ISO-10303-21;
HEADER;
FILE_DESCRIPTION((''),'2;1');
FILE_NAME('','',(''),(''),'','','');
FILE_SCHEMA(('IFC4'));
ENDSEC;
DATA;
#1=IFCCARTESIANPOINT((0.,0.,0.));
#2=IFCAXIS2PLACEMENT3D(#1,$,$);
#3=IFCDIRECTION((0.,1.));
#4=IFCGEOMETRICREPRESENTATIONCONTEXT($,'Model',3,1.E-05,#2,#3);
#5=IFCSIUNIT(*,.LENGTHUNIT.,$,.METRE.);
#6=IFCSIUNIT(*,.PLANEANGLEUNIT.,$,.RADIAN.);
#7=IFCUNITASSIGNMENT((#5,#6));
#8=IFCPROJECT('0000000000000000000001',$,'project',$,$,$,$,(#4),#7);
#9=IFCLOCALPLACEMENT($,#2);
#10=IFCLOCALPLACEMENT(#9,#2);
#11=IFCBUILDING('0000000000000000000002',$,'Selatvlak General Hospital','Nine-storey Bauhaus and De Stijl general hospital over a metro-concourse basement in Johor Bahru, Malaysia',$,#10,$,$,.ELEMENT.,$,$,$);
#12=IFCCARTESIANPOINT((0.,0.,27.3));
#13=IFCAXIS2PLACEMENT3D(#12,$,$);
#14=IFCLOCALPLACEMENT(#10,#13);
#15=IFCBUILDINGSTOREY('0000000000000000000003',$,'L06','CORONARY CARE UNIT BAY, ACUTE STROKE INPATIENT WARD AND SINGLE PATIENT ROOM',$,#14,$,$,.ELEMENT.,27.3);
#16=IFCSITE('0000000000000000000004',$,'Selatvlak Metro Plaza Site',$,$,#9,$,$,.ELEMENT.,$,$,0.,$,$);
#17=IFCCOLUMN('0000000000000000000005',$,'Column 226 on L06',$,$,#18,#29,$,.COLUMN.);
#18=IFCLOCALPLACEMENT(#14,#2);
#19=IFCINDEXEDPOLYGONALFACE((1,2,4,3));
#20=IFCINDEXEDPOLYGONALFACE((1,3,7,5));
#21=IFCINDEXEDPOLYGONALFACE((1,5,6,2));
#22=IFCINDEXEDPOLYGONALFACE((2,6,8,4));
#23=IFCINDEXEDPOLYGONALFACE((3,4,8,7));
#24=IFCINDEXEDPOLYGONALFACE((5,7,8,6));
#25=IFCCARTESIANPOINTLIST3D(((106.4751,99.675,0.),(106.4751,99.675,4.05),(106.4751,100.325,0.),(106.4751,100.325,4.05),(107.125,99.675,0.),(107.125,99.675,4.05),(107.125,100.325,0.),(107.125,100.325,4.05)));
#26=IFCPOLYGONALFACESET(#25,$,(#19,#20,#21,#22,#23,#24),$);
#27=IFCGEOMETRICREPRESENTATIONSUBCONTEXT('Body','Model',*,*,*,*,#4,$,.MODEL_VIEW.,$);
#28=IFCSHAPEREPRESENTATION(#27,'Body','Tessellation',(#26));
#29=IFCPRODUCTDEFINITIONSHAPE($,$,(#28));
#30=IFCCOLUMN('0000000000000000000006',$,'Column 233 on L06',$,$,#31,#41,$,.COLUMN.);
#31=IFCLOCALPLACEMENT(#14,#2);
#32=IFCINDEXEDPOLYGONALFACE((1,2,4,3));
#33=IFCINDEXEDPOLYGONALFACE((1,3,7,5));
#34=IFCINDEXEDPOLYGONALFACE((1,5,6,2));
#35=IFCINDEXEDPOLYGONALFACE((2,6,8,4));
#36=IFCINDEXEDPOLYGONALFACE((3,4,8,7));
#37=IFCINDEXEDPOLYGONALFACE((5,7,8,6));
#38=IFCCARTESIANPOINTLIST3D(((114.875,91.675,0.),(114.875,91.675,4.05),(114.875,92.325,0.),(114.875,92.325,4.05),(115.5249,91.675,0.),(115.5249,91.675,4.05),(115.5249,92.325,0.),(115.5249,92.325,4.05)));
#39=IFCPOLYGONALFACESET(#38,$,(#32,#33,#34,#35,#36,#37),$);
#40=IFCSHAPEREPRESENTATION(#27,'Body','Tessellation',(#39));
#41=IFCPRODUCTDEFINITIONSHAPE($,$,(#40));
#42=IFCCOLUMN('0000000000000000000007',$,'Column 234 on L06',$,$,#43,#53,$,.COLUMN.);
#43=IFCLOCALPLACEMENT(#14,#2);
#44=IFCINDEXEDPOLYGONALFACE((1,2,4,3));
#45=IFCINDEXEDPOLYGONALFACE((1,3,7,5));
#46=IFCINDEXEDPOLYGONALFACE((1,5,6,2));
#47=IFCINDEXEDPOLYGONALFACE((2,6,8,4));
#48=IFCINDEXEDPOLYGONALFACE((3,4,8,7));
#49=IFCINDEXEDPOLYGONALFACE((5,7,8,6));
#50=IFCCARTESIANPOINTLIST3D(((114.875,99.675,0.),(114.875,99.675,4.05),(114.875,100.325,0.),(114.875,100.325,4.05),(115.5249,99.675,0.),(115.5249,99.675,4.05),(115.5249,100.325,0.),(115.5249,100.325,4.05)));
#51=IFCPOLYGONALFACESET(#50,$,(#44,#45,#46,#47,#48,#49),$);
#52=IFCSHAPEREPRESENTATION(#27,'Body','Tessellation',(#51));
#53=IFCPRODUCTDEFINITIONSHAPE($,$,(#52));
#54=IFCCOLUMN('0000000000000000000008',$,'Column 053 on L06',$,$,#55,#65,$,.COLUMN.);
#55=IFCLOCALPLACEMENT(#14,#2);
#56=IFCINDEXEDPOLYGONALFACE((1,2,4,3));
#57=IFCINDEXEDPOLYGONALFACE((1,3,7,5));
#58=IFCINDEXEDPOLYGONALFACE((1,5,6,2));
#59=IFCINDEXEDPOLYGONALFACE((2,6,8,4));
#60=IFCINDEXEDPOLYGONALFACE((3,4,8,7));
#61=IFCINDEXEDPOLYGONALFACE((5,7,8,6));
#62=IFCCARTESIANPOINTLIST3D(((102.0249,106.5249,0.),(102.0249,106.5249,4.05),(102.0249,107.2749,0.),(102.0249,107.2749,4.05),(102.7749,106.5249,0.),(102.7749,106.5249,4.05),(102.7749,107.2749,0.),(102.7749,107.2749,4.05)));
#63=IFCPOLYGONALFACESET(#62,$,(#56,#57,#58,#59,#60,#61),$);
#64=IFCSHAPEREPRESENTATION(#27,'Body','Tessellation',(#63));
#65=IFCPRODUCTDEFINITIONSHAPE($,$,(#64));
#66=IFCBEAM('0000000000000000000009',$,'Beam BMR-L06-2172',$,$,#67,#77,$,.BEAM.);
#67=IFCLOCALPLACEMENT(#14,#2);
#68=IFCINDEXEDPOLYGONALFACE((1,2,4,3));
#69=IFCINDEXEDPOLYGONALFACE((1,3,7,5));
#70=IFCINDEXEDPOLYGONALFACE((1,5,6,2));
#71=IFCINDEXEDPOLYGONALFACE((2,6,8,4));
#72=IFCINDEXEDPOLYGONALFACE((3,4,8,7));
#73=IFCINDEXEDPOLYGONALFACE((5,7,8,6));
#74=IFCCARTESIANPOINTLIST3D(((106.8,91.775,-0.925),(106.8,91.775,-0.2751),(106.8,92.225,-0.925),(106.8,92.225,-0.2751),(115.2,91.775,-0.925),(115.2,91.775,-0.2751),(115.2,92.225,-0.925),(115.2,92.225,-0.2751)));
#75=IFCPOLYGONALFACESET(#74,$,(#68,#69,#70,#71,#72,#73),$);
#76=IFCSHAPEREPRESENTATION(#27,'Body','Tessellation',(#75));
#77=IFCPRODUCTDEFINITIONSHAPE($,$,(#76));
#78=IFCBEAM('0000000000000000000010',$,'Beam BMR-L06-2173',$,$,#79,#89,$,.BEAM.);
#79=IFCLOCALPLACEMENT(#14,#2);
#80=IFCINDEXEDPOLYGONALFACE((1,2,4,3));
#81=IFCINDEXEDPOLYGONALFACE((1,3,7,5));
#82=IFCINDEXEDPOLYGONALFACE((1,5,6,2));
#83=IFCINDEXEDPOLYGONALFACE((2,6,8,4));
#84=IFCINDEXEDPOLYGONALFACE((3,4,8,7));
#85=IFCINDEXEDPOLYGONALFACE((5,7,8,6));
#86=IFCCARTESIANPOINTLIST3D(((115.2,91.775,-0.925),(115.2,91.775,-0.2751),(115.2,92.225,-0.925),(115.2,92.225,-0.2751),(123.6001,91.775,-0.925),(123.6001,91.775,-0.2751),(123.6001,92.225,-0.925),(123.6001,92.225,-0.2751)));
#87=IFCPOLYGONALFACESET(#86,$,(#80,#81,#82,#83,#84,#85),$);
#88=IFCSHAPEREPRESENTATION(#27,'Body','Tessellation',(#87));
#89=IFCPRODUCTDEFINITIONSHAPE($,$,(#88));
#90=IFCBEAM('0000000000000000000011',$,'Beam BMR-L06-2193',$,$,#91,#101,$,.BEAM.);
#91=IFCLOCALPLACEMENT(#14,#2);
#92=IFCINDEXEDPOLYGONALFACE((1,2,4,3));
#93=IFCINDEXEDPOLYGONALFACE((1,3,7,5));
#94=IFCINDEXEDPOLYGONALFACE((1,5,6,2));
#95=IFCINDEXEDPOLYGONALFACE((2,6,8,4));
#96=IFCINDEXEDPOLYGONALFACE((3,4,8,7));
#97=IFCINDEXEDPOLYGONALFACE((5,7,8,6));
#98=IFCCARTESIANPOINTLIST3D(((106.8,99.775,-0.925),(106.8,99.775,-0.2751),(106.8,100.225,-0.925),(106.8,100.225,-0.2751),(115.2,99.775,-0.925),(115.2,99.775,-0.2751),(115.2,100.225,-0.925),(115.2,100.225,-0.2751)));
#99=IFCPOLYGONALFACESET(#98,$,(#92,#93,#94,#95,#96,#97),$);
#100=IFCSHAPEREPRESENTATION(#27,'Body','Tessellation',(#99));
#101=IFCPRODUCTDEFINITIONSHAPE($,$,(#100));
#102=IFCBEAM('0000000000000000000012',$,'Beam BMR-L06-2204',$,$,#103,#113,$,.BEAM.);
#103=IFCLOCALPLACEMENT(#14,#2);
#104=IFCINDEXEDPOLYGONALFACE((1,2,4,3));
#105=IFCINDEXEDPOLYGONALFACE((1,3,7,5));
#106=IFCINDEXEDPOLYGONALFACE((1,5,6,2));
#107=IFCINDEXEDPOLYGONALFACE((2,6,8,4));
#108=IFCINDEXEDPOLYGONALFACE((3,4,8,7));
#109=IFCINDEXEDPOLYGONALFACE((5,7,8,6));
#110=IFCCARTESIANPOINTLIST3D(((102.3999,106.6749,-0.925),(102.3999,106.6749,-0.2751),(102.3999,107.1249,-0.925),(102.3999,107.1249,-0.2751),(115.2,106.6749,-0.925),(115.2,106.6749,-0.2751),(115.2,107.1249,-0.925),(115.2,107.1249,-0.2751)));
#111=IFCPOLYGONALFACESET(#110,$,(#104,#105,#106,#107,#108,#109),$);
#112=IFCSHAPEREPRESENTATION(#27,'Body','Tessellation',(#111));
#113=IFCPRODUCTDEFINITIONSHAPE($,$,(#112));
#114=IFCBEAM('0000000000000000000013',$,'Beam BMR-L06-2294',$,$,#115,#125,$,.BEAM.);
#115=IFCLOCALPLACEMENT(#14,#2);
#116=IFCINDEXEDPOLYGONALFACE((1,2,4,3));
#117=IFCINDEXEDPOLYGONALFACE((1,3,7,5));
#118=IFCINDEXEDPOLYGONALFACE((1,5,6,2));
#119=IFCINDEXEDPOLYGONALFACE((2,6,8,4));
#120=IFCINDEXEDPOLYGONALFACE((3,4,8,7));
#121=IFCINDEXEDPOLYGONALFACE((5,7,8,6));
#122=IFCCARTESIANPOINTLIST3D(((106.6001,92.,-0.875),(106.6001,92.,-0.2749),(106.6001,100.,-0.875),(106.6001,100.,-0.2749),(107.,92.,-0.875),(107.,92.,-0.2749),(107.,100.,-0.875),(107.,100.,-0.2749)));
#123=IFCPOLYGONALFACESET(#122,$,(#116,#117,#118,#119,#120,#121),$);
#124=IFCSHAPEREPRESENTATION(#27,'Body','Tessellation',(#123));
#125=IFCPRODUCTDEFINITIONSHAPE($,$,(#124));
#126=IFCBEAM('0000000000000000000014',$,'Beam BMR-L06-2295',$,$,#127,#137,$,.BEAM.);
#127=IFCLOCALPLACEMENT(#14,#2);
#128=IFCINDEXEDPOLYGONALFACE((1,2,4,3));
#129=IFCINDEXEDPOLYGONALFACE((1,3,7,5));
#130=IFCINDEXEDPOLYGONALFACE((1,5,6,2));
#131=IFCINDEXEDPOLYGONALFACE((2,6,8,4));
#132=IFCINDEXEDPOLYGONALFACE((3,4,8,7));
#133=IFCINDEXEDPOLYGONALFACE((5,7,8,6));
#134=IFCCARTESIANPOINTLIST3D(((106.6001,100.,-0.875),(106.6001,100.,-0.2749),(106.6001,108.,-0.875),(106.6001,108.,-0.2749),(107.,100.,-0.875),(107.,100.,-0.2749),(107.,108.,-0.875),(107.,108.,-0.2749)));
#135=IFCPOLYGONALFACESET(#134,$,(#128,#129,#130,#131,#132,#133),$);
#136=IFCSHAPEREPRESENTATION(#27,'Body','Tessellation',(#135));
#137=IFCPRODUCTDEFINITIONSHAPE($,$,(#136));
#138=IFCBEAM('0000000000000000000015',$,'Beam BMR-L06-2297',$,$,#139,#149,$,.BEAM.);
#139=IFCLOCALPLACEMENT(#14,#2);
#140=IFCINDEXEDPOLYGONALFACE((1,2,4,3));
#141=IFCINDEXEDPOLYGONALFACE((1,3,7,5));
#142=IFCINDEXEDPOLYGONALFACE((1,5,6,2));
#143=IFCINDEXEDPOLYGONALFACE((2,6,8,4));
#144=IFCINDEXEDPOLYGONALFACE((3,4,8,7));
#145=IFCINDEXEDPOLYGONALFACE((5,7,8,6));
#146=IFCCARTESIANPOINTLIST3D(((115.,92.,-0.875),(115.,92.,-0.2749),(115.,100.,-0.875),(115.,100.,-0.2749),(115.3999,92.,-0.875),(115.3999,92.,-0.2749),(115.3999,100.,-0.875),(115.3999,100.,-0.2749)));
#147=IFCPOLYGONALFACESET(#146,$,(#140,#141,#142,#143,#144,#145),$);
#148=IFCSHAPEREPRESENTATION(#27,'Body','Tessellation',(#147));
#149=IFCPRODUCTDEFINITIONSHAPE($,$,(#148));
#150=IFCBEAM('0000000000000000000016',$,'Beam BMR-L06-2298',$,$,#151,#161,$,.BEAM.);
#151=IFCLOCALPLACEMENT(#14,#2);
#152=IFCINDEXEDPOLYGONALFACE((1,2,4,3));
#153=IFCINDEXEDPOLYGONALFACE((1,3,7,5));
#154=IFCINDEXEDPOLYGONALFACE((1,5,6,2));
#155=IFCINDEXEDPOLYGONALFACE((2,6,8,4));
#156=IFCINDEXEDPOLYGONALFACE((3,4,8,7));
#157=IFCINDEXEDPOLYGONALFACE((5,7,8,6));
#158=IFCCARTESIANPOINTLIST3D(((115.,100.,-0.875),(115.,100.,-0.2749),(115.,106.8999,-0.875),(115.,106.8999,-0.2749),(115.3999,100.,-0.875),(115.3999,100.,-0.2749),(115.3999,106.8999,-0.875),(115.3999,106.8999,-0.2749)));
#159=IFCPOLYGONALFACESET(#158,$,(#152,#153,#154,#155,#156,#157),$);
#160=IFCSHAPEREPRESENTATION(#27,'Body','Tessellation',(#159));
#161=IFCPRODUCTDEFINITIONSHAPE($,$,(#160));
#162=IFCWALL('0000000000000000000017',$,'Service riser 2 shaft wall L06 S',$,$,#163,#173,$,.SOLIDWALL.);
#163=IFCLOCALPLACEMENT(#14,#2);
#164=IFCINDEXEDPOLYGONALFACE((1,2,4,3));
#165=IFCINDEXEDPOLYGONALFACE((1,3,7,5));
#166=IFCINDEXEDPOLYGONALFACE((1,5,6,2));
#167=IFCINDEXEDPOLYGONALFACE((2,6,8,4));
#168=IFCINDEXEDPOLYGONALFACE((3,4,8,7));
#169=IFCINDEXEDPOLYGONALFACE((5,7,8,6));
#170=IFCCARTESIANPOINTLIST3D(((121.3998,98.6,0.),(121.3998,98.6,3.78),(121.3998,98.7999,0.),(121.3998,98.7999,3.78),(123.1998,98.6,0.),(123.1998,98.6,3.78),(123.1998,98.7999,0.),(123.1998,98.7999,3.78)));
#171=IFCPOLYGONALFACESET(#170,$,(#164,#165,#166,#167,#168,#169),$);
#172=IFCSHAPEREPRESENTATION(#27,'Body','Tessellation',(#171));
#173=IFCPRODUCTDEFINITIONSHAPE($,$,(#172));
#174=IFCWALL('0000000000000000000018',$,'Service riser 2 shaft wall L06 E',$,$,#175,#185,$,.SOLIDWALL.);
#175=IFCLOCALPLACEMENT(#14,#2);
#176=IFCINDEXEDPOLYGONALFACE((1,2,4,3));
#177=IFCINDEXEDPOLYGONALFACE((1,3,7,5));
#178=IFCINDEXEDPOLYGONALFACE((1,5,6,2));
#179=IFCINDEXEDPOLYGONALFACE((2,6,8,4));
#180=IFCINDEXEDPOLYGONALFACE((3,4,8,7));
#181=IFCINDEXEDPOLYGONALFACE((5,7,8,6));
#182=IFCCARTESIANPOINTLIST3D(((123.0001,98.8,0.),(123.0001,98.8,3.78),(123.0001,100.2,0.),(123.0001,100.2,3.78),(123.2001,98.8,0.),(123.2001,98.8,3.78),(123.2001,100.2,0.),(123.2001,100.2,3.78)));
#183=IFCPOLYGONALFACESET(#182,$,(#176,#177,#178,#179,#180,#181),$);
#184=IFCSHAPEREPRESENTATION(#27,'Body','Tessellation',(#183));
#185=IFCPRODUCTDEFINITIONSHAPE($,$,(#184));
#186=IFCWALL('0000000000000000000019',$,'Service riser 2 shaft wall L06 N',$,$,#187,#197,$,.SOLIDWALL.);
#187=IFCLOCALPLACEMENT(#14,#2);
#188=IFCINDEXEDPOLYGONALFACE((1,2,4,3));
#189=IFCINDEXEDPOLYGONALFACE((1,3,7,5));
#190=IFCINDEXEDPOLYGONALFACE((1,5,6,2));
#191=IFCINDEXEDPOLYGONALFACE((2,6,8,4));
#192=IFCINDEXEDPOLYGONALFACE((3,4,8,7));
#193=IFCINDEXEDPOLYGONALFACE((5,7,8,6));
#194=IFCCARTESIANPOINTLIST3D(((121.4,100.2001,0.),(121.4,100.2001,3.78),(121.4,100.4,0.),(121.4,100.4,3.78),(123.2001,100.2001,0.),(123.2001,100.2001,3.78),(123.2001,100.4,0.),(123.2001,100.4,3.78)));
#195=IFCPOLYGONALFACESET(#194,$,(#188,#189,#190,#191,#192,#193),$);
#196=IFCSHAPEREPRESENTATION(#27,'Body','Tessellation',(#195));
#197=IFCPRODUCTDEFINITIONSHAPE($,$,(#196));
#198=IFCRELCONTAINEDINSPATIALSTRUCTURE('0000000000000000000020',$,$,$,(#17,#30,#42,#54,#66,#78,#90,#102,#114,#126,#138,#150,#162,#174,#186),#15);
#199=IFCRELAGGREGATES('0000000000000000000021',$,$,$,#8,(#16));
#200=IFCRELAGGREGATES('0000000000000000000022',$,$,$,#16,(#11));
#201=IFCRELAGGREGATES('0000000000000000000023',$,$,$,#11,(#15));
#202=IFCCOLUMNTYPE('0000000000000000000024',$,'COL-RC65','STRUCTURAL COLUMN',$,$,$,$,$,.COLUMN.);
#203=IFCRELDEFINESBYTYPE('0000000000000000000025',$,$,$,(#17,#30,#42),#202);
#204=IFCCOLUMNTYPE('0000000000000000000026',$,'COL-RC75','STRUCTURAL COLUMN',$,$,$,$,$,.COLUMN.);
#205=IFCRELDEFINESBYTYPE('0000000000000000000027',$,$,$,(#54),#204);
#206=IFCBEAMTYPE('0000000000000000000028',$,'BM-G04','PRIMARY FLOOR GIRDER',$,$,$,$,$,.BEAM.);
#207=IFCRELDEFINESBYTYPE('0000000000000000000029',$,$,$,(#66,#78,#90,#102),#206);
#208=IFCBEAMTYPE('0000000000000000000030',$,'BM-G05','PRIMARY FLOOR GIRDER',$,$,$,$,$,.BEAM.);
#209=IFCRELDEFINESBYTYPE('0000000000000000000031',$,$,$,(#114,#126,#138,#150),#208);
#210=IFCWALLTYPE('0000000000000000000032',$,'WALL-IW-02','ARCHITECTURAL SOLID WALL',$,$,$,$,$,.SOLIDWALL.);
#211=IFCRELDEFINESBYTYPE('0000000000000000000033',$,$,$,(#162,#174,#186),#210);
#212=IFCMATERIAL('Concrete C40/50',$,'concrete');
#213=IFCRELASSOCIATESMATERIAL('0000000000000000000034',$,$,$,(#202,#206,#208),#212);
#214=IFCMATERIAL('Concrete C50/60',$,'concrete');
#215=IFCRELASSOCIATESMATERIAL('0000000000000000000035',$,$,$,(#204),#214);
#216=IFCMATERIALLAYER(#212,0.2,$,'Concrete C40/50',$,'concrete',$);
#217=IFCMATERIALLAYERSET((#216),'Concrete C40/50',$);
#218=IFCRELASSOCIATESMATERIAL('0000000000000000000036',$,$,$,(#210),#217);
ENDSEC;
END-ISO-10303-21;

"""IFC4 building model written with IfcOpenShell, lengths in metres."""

from ifc_helpers import new_model, si_unit, direction, frame, frame_2d, origin, origin_2d, place, context, subcontext, project, spatial, rectangle, extrude, material, layer, layer_set, material_profile, profile_set, type_object, element, save


model = new_model("IFC4")

# Units and contexts
model_context = context("Model", 3, precision=1e-05, world=origin(), true_north=direction((0.0, 1.0)))
body_context = subcontext(model_context, "Body", "Model", "MODEL_VIEW")
ifc_project = project(units=[si_unit("LENGTHUNIT", "METRE"), si_unit("PLANEANGLEUNIT", "RADIAN")], contexts=[model_context])

# Site, building, storey
site_placement = place(None, origin())
site = spatial("IfcSite", under=ifc_project, at=site_placement, Name="Selatvlak Metro Plaza Site", CompositionType="ELEMENT", RefElevation=0.0)
building_placement = place(site_placement, origin())
building = spatial("IfcBuilding", under=site, at=building_placement, Name="Selatvlak General Hospital", Description="Nine-storey Bauhaus and De Stijl general hospital over a metro-concourse basement in Johor Bahru, Malaysia", CompositionType="ELEMENT")
storey_placement = place(building_placement, frame((0.0, 0.0, 27.3)))
storey = spatial("IfcBuildingStorey", under=building, at=storey_placement, Name="L06", Description="CORONARY CARE UNIT BAY, ACUTE STROKE INPATIENT WARD AND SINGLE PATIENT ROOM", CompositionType="ELEMENT", Elevation=27.3)

# Columns
ifc_material_1 = material(Name="Concrete C40/50", Category="concrete")
ifc_material_profile_1 = material_profile(ifc_material_1, rectangle(XDim=0.6499, YDim=0.6499, at=origin_2d()), Name="RC-COL 650x650")
ifc_profile_set_1 = profile_set([ifc_material_profile_1], Name="Concrete C40/50")
column_type_1 = type_object("IfcColumnType", Name="COL-RC65", Description="STRUCTURAL COLUMN", PredefinedType="COLUMN", material=ifc_profile_set_1)
for number, where, z_axis, x_axis, name in (
    (1, (106.8, 100.0, 0.0), (0.0, 0.0, 1.0), (1.0, 0.0, 0.0), "Column 226 on L06"),
    (2, (115.2, 92.0, 0.0), (0.0, 0.0, 1.0), (1.0, 0.0, 0.0), "Column 233 on L06"),
    (3, (115.2, 100.0, 0.0), (0.0, 0.0, 1.0), (1.0, 0.0, 0.0), "Column 234 on L06"),
):
    element("IfcColumn", number, at=place(storey_placement, frame(where, z_axis=z_axis, x_axis=x_axis)), inside=storey, type_object=column_type_1, Name=name, PredefinedType="COLUMN", context=body_context, shape_type="SweptSolid", body=[
        extrude(rectangle(XDim=0.6499, YDim=0.6499, at=origin_2d()), origin(), (0.0, 0.0, 1.0), 4.05),
    ])
ifc_material_2 = material(Name="Concrete C50/60", Category="concrete")
ifc_material_profile_2 = material_profile(ifc_material_2, rectangle(XDim=0.75, YDim=0.75, at=origin_2d()), Name="RC-COL 750x750")
ifc_profile_set_2 = profile_set([ifc_material_profile_2], Name="Concrete C50/60")
column_type_2 = type_object("IfcColumnType", Name="COL-RC75", Description="STRUCTURAL COLUMN", PredefinedType="COLUMN", material=ifc_profile_set_2)
column_placement = place(storey_placement, frame((102.3999, 106.8999, 0.0), z_axis=(0.0, 0.0, 1.0), x_axis=(1.0, 0.0, 0.0)))
element("IfcColumn", 4, at=column_placement, inside=storey, type_object=column_type_2, Name="Column 053 on L06", PredefinedType="COLUMN", context=body_context, shape_type="SweptSolid", body=[
    extrude(rectangle(XDim=0.75, YDim=0.75, at=origin_2d()), origin(), (0.0, 0.0, 1.0), 4.05),
])

# Beams
ifc_material_profile_3 = material_profile(ifc_material_1, rectangle(XDim=0.45, YDim=0.6499, at=origin_2d()), Name="RC-BM 450x650")
ifc_profile_set_3 = profile_set([ifc_material_profile_3], Name="Concrete C40/50")
beam_type_1 = type_object("IfcBeamType", Name="BM-G04", Description="PRIMARY FLOOR GIRDER", PredefinedType="BEAM", material=ifc_profile_set_3)
beam_1_placement = place(storey_placement, frame((106.8, 92.0, -0.6001), z_axis=(1.0, 0.0, 0.0), x_axis=(0.0, 1.0, 0.0)))
element("IfcBeam", 5, at=beam_1_placement, inside=storey, type_object=beam_type_1, Name="Beam BMR-L06-2172", PredefinedType="BEAM", context=body_context, shape_type="SweptSolid", body=[
    extrude(rectangle(XDim=0.45, YDim=0.6499, at=origin_2d()), origin(), (0.0, 0.0, 1.0), 8.3999),
])
beam_2_placement = place(storey_placement, frame((115.2, 92.0, -0.6001), z_axis=(1.0, 0.0, 0.0), x_axis=(0.0, 1.0, 0.0)))
element("IfcBeam", 6, at=beam_2_placement, inside=storey, type_object=beam_type_1, Name="Beam BMR-L06-2173", PredefinedType="BEAM", context=body_context, shape_type="SweptSolid", body=[
    extrude(rectangle(XDim=0.45, YDim=0.6499, at=origin_2d()), origin(), (0.0, 0.0, 1.0), 8.4001),
])
beam_3_placement = place(storey_placement, frame((106.8, 100.0, -0.6001), z_axis=(1.0, 0.0, 0.0), x_axis=(0.0, 1.0, 0.0)))
element("IfcBeam", 7, at=beam_3_placement, inside=storey, type_object=beam_type_1, Name="Beam BMR-L06-2193", PredefinedType="BEAM", context=body_context, shape_type="SweptSolid", body=[
    extrude(rectangle(XDim=0.45, YDim=0.6499, at=origin_2d()), origin(), (0.0, 0.0, 1.0), 8.3999),
])
beam_4_placement = place(storey_placement, frame((102.3999, 106.8999, -0.6001), z_axis=(1.0, 0.0, 0.0), x_axis=(0.0, 1.0, 0.0)))
element("IfcBeam", 8, at=beam_4_placement, inside=storey, type_object=beam_type_1, Name="Beam BMR-L06-2204", PredefinedType="BEAM", context=body_context, shape_type="SweptSolid", body=[
    extrude(rectangle(XDim=0.45, YDim=0.6499, at=origin_2d()), origin(), (0.0, 0.0, 1.0), 12.8),
])
ifc_material_profile_4 = material_profile(ifc_material_1, rectangle(XDim=0.3999, YDim=0.6001, at=origin_2d()), Name="RC-BM 400x600")
ifc_profile_set_4 = profile_set([ifc_material_profile_4], Name="Concrete C40/50")
beam_type_2 = type_object("IfcBeamType", Name="BM-G05", Description="PRIMARY FLOOR GIRDER", PredefinedType="BEAM", material=ifc_profile_set_4)
for number, where, z_axis, x_axis, name in (
    (9, (106.8, 92.0, -0.575), (0.0, 1.0, 0.0), (-1.0, 0.0, 0.0), "Beam BMR-L06-2294"),
    (10, (106.8, 100.0, -0.575), (0.0, 1.0, 0.0), (-1.0, 0.0, 0.0), "Beam BMR-L06-2295"),
    (11, (115.2, 92.0, -0.575), (0.0, 1.0, 0.0), (-1.0, 0.0, 0.0), "Beam BMR-L06-2297"),
):
    element("IfcBeam", number, at=place(storey_placement, frame(where, z_axis=z_axis, x_axis=x_axis)), inside=storey, type_object=beam_type_2, Name=name, PredefinedType="BEAM", context=body_context, shape_type="SweptSolid", body=[
        extrude(rectangle(XDim=0.3999, YDim=0.6001, at=origin_2d()), origin(), (0.0, 0.0, 1.0), 8.0),
    ])
beam_5_placement = place(storey_placement, frame((115.2, 100.0, -0.575), z_axis=(0.0, 1.0, 0.0), x_axis=(-1.0, 0.0, 0.0)))
element("IfcBeam", 12, at=beam_5_placement, inside=storey, type_object=beam_type_2, Name="Beam BMR-L06-2298", PredefinedType="BEAM", context=body_context, shape_type="SweptSolid", body=[
    extrude(rectangle(XDim=0.3999, YDim=0.6001, at=origin_2d()), origin(), (0.0, 0.0, 1.0), 6.8999),
])

# Walls
ifc_layer_1 = layer(ifc_material_1, 0.2, Name="Concrete C40/50", Category="concrete")
ifc_layer_set_1 = layer_set([ifc_layer_1], Name="Concrete C40/50")
wall_type_1 = type_object("IfcWallType", Name="WALL-IW-02", Description="ARCHITECTURAL SOLID WALL", PredefinedType="SOLIDWALL", material=ifc_layer_set_1)
wall_1_placement = place(storey_placement, frame((121.3999, 98.7, 0.0), z_axis=(0.0, 0.0, 1.0), x_axis=(1.0, 0.0, 0.0)))
element("IfcWall", 13, at=wall_1_placement, inside=storey, type_object=wall_type_1, Name="Service riser 2 shaft wall L06 S", PredefinedType="SOLIDWALL", context=body_context, shape_type="SweptSolid", body=[
    extrude(rectangle(XDim=1.8, YDim=0.2, at=frame_2d((0.8999, 0.0))), origin(), (0.0, 0.0, 1.0), 3.78),
])
wall_2_placement = place(storey_placement, frame((123.1001, 98.8, 0.0), z_axis=(0.0, 0.0, 1.0), x_axis=(0.0, 1.0, 0.0)))
element("IfcWall", 14, at=wall_2_placement, inside=storey, type_object=wall_type_1, Name="Service riser 2 shaft wall L06 E", PredefinedType="SOLIDWALL", context=body_context, shape_type="SweptSolid", body=[
    extrude(rectangle(XDim=1.3999, YDim=0.2, at=frame_2d((0.7, 0.0))), origin(), (0.0, 0.0, 1.0), 3.78),
])
wall_3_placement = place(storey_placement, frame((123.2, 100.3, 0.0), z_axis=(0.0, 0.0, 1.0), x_axis=(-1.0, 0.0, 0.0)))
element("IfcWall", 15, at=wall_3_placement, inside=storey, type_object=wall_type_1, Name="Service riser 2 shaft wall L06 N", PredefinedType="SOLIDWALL", context=body_context, shape_type="SweptSolid", body=[
    extrude(rectangle(XDim=1.8, YDim=0.2, at=frame_2d((0.8999, 0.0))), origin(), (0.0, 0.0, 1.0), 3.78),
])

save(model, "model.ifc")
